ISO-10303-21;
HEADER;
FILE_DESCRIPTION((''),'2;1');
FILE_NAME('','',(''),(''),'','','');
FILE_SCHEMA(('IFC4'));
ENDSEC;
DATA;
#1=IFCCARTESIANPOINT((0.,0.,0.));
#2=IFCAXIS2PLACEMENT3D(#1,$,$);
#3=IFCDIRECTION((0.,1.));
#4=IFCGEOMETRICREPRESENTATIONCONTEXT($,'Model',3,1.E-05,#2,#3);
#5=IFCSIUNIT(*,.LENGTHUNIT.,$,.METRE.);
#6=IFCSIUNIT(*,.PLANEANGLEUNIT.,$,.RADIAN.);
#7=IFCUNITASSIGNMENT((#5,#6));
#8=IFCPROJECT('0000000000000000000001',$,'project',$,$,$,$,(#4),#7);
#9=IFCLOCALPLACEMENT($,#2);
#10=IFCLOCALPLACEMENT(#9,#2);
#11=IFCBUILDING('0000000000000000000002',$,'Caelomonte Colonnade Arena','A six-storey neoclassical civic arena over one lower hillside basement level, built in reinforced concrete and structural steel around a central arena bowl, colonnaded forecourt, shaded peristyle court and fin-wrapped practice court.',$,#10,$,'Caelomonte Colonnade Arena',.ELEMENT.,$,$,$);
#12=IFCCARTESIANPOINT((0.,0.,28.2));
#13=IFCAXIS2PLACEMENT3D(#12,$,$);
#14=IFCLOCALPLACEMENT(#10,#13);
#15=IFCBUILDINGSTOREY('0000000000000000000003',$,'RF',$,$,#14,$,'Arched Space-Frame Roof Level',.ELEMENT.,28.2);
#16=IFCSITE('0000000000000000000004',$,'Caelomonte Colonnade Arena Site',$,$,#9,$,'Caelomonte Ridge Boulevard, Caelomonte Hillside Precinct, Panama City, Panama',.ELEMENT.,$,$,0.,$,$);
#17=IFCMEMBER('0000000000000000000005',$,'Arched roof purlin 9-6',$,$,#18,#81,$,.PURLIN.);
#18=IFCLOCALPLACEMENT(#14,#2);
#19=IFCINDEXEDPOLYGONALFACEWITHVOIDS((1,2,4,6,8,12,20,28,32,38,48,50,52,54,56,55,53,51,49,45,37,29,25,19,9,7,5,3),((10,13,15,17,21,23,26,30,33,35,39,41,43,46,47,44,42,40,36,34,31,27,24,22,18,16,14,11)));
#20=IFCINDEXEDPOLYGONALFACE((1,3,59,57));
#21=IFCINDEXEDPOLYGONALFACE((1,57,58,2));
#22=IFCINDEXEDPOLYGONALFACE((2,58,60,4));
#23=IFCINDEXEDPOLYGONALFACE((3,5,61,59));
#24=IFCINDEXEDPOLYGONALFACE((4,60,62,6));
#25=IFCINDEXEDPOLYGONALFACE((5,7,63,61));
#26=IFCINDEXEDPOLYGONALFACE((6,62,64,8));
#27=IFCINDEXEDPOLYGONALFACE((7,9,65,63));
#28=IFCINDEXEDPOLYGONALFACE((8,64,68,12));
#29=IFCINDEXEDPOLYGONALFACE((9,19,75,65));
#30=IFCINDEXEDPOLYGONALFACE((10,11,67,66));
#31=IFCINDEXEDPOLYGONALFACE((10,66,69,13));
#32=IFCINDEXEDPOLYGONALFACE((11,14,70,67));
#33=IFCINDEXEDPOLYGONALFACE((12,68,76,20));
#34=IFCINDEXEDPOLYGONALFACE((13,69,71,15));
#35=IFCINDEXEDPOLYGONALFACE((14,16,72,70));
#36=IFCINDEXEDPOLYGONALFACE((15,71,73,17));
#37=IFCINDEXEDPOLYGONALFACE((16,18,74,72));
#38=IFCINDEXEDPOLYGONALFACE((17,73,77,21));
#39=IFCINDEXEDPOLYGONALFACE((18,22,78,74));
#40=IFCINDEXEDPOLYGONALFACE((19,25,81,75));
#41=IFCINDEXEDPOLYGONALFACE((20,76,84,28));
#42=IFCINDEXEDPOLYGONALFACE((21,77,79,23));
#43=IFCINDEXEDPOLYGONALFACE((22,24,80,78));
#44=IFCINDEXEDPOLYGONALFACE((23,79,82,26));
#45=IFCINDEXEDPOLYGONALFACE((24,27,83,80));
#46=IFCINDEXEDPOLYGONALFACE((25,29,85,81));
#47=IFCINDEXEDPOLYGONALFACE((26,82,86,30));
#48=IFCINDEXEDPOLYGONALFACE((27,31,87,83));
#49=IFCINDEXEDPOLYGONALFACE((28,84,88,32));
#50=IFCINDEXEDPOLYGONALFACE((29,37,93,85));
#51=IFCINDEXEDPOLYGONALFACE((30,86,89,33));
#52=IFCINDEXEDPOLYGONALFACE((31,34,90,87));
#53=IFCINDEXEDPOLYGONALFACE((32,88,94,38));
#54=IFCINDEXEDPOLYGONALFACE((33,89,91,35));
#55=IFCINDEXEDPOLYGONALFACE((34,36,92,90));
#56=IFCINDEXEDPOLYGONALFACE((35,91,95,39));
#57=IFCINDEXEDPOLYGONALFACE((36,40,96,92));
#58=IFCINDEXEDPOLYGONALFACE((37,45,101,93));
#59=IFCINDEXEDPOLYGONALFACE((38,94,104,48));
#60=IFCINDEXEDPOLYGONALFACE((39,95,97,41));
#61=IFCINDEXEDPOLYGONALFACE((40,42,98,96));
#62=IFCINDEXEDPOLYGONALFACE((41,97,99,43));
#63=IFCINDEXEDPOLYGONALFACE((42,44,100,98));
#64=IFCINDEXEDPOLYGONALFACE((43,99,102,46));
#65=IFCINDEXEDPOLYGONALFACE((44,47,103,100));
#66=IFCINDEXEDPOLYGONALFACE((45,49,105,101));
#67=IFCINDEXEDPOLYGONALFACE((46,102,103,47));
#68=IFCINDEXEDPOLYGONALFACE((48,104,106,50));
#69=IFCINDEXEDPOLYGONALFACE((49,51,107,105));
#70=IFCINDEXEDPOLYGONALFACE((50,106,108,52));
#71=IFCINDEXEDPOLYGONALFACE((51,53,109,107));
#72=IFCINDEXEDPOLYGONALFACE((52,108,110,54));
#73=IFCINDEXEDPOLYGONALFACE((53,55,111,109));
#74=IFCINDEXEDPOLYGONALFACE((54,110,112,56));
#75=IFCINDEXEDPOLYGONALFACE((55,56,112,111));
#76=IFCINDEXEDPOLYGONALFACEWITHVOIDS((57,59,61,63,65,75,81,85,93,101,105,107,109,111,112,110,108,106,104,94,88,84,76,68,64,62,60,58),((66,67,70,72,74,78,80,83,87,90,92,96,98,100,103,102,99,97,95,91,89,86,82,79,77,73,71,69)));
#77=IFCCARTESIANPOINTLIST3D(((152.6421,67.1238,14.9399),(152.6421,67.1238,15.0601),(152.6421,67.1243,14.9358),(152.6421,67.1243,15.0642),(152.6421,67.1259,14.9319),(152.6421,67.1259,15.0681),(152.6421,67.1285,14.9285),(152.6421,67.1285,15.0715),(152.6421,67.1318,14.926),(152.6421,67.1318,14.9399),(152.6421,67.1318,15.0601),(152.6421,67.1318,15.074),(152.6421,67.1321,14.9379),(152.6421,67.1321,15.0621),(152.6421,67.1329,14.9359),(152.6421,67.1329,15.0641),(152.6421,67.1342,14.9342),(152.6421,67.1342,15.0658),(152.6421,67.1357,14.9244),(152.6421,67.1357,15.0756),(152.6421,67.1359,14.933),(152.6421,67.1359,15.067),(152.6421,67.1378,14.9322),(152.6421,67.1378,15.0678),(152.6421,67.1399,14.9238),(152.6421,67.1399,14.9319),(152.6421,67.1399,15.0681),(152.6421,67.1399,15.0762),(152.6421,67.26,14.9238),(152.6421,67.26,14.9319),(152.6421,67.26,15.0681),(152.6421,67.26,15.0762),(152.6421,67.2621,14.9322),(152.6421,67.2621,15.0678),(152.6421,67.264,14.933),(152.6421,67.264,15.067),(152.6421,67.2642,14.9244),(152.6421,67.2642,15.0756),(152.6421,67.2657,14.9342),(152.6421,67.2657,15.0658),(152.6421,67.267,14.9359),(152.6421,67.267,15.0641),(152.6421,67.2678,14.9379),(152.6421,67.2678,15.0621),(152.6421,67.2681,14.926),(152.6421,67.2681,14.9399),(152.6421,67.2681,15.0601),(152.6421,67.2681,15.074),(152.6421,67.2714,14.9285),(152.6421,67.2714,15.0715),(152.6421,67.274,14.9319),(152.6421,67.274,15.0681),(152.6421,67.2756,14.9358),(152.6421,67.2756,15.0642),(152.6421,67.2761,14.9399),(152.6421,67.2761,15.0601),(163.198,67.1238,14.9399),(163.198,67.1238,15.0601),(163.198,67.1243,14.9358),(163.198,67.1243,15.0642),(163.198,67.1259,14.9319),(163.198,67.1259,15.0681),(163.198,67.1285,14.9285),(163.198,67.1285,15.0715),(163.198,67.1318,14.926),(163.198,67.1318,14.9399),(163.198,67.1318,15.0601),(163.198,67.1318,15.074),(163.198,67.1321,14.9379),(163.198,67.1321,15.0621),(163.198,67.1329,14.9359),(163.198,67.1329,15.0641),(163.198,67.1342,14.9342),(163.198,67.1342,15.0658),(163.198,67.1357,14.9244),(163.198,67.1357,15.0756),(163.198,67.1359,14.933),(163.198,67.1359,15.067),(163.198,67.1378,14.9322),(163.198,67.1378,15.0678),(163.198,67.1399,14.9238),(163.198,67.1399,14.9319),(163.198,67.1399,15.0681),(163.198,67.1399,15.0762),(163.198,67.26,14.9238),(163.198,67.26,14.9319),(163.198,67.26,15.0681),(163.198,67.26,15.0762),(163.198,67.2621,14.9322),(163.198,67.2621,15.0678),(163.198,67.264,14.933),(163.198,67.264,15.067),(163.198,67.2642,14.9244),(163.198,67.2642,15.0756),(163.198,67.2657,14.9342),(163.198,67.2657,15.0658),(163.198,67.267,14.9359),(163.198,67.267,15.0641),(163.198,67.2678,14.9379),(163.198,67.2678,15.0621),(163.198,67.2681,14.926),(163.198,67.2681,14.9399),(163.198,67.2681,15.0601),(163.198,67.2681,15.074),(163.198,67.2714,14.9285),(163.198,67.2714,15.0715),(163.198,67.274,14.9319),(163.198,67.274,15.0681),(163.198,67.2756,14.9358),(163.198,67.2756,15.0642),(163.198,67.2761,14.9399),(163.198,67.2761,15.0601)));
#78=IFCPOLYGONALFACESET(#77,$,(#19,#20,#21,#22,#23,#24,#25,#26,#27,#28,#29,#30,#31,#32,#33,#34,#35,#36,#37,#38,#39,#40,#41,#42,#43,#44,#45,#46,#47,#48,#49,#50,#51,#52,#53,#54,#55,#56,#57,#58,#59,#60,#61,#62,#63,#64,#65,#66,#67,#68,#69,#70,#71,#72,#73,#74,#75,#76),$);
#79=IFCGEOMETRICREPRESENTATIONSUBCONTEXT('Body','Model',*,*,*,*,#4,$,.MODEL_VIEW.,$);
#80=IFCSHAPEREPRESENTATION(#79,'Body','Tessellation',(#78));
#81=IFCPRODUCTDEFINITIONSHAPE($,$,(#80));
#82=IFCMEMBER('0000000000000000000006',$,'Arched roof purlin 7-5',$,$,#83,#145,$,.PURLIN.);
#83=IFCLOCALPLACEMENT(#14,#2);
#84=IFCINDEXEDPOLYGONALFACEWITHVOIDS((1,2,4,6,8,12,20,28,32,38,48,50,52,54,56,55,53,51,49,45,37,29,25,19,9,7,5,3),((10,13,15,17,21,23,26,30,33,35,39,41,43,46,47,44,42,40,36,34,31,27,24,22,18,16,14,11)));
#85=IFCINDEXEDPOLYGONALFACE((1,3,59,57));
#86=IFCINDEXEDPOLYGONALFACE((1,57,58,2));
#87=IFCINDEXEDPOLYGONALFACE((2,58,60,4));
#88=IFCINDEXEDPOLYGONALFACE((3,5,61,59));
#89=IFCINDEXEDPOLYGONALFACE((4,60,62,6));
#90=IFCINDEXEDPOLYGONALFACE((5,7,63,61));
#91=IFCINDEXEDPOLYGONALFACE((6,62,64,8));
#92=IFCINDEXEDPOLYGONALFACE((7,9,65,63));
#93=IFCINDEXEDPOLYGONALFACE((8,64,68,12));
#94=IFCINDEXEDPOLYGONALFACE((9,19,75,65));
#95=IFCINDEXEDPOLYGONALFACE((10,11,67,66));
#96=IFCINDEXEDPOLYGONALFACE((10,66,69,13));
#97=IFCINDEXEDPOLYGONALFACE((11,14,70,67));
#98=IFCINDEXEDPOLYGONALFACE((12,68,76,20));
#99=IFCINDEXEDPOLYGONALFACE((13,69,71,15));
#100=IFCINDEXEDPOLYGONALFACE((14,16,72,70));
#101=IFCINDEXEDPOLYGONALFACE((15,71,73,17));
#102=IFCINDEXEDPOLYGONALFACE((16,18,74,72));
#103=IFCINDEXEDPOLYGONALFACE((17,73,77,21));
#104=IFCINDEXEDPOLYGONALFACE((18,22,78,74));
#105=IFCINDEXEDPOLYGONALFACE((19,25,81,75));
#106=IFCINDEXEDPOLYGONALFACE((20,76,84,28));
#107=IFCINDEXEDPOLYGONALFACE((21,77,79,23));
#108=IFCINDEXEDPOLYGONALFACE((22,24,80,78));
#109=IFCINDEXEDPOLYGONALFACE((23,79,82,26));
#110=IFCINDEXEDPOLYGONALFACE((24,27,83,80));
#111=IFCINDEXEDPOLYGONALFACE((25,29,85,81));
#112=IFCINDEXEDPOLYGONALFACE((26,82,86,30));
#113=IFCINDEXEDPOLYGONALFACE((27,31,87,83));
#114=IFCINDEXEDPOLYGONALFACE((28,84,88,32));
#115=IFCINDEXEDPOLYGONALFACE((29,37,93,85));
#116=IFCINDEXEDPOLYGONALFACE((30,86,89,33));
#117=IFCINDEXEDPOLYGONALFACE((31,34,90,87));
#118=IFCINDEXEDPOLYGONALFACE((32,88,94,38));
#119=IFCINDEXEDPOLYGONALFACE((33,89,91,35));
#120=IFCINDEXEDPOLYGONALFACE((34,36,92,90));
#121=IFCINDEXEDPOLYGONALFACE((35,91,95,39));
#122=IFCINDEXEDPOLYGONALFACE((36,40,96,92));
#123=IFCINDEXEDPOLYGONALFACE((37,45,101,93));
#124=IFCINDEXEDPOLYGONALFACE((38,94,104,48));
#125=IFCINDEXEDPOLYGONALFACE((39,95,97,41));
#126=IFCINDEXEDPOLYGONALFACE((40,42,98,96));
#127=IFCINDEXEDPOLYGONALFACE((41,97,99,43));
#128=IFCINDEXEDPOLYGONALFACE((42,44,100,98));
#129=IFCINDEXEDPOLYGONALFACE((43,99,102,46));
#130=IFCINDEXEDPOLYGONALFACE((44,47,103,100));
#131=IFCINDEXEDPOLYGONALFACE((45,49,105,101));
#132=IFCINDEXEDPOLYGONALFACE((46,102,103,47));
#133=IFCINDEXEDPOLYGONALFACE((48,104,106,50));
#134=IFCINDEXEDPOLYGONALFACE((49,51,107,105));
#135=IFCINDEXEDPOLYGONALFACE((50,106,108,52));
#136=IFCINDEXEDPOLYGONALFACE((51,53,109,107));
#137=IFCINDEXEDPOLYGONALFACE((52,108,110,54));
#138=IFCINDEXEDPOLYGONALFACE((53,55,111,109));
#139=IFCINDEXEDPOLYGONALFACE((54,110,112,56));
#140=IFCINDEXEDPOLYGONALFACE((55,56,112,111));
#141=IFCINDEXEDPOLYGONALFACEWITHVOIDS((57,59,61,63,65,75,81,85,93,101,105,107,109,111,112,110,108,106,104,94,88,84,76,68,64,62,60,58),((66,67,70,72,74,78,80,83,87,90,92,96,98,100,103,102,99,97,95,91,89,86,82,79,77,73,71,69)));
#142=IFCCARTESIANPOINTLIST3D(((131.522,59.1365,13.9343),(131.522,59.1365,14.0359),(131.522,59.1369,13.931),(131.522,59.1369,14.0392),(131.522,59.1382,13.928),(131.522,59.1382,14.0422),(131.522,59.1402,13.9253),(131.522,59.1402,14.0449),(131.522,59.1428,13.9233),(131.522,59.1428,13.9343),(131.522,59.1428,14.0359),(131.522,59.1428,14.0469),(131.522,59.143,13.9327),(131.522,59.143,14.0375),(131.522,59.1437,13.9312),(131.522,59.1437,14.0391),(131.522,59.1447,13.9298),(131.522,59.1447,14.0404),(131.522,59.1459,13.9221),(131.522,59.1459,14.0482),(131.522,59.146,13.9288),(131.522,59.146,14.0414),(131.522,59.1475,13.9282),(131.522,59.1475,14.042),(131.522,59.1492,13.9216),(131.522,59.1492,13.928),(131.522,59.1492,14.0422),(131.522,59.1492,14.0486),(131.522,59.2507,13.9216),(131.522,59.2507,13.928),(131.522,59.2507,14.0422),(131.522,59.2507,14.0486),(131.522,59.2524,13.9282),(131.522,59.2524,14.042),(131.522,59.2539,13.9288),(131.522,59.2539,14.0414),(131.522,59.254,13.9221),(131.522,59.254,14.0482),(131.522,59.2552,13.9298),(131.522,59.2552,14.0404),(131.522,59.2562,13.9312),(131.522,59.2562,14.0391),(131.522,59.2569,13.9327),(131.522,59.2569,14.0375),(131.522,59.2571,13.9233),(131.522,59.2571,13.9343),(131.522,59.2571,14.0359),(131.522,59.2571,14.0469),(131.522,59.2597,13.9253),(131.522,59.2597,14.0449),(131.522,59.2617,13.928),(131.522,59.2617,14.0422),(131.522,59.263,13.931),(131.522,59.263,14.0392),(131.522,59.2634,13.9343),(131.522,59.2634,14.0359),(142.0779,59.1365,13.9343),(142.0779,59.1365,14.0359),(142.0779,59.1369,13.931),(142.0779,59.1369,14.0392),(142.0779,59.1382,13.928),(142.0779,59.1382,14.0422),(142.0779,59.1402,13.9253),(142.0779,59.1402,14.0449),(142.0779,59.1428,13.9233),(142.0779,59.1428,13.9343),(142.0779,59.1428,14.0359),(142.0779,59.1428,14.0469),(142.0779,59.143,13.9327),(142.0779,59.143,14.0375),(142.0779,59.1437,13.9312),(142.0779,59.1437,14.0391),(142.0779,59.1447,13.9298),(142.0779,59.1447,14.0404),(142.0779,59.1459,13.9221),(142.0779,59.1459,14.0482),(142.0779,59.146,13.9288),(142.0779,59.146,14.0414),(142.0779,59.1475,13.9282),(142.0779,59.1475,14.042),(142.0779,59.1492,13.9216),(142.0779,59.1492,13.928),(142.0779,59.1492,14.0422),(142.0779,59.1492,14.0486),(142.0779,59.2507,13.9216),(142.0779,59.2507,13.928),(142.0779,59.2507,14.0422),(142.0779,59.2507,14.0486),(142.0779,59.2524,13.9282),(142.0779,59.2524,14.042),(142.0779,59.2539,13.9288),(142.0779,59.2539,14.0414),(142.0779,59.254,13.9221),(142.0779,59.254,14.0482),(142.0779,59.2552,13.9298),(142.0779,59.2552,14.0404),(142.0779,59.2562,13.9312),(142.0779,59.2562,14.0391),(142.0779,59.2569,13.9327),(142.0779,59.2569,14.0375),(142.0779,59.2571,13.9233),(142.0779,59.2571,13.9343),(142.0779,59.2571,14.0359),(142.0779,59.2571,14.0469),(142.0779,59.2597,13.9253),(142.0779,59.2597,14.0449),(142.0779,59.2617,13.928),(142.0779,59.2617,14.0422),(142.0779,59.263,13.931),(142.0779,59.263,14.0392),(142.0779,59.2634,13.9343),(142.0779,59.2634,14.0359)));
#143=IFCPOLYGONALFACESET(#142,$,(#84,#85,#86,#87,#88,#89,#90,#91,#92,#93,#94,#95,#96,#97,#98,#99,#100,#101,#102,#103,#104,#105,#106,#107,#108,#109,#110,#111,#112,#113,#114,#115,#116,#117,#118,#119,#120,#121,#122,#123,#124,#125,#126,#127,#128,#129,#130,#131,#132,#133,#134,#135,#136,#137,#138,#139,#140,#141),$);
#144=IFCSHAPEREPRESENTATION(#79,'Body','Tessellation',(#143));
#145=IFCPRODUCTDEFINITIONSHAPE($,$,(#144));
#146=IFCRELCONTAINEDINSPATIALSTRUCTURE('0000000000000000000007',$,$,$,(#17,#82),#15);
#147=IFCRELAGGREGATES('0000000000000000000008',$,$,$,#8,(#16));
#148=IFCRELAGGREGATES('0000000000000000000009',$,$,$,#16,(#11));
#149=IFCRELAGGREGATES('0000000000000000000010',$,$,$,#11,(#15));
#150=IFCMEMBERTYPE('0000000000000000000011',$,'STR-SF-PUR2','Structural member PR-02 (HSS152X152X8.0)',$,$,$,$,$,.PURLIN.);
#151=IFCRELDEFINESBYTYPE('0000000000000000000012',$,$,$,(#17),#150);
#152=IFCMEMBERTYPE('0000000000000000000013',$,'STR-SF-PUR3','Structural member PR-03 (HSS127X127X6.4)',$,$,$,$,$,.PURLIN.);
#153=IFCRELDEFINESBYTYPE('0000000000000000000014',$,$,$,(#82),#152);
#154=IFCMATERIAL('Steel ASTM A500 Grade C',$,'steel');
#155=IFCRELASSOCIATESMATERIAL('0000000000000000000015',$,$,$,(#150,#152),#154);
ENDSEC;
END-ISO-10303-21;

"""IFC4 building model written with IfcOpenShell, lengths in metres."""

from ifc_helpers import new_model, si_unit, direction, frame, origin, origin_2d, place, context, subcontext, project, spatial, hollow_rectangle, extrude, material, material_profile, profile_set, type_object, element, save


model = new_model("IFC4")

# Units and contexts
model_context = context("Model", 3, precision=1e-05, world=origin(), true_north=direction((0.0, 1.0)))
body_context = subcontext(model_context, "Body", "Model", "MODEL_VIEW")
ifc_project = project(units=[si_unit("LENGTHUNIT", "METRE"), si_unit("PLANEANGLEUNIT", "RADIAN")], contexts=[model_context])

# Site, building, storey
site_placement = place(None, origin())
site = spatial("IfcSite", under=ifc_project, at=site_placement, Name="Caelomonte Colonnade Arena Site", LongName="Caelomonte Ridge Boulevard, Caelomonte Hillside Precinct, Panama City, Panama", CompositionType="ELEMENT", RefElevation=0.0)
building_placement = place(site_placement, origin())
building = spatial("IfcBuilding", under=site, at=building_placement, Name="Caelomonte Colonnade Arena", Description="A six-storey neoclassical civic arena over one lower hillside basement level, built in reinforced concrete and structural steel around a central arena bowl, colonnaded forecourt, shaded peristyle court and fin-wrapped practice court.", LongName="Caelomonte Colonnade Arena", CompositionType="ELEMENT")
storey_placement = place(building_placement, frame((0.0, 0.0, 28.2)))
storey = spatial("IfcBuildingStorey", under=building, at=storey_placement, Name="RF", LongName="Arched Space-Frame Roof Level", CompositionType="ELEMENT", Elevation=28.2)

# Members
ifc_material_1 = material(Name="Steel ASTM A500 Grade C", Category="steel")
ifc_material_profile_1 = material_profile(ifc_material_1, hollow_rectangle(XDim=0.1523, YDim=0.1523, WallThickness=0.0081, InnerFilletRadius=0.0081, OuterFilletRadius=0.0161, at=origin_2d()), Name="HSS152X152X8.0")
ifc_profile_set_1 = profile_set([ifc_material_profile_1], Name="Steel ASTM A500 Grade C")
member_type_1 = type_object("IfcMemberType", Name="STR-SF-PUR2", Description="Structural member PR-02 (HSS152X152X8.0)", PredefinedType="PURLIN", material=ifc_profile_set_1)
for number, where, z_axis, x_axis, name in (
    (1, (152.6421, 67.2, 15.0), (1.0, 0.0, 0.0), (0.0, 1.0, 0.0), "Arched roof purlin 9-6"),
):
    element("IfcMember", number, at=place(storey_placement, frame(where, z_axis=z_axis, x_axis=x_axis)), inside=storey, type_object=member_type_1, Name=name, PredefinedType="PURLIN", context=body_context, shape_type="SweptSolid", body=[
        extrude(hollow_rectangle(XDim=0.1523, YDim=0.1523, WallThickness=0.0081, InnerFilletRadius=0.0081, OuterFilletRadius=0.0161, at=origin_2d()), origin(), (0.0, 0.0, 1.0), 10.5559),
    ])
ifc_material_profile_2 = material_profile(ifc_material_1, hollow_rectangle(XDim=0.127, YDim=0.127, WallThickness=0.0063, InnerFilletRadius=0.0063, OuterFilletRadius=0.0127, at=origin_2d()), Name="HSS127X127X6.4")
ifc_profile_set_2 = profile_set([ifc_material_profile_2], Name="Steel ASTM A500 Grade C")
member_type_2 = type_object("IfcMemberType", Name="STR-SF-PUR3", Description="Structural member PR-03 (HSS127X127X6.4)", PredefinedType="PURLIN", material=ifc_profile_set_2)
for number, where, z_axis, x_axis, name in (
    (2, (131.522, 59.2, 13.9851), (1.0, 0.0, 0.0), (0.0, 1.0, 0.0), "Arched roof purlin 7-5"),
):
    element("IfcMember", number, at=place(storey_placement, frame(where, z_axis=z_axis, x_axis=x_axis)), inside=storey, type_object=member_type_2, Name=name, PredefinedType="PURLIN", context=body_context, shape_type="SweptSolid", body=[
        extrude(hollow_rectangle(XDim=0.127, YDim=0.127, WallThickness=0.0063, InnerFilletRadius=0.0063, OuterFilletRadius=0.0127, at=origin_2d()), origin(), (0.0, 0.0, 1.0), 10.5559),
    ])

save(model, "model.ifc")
